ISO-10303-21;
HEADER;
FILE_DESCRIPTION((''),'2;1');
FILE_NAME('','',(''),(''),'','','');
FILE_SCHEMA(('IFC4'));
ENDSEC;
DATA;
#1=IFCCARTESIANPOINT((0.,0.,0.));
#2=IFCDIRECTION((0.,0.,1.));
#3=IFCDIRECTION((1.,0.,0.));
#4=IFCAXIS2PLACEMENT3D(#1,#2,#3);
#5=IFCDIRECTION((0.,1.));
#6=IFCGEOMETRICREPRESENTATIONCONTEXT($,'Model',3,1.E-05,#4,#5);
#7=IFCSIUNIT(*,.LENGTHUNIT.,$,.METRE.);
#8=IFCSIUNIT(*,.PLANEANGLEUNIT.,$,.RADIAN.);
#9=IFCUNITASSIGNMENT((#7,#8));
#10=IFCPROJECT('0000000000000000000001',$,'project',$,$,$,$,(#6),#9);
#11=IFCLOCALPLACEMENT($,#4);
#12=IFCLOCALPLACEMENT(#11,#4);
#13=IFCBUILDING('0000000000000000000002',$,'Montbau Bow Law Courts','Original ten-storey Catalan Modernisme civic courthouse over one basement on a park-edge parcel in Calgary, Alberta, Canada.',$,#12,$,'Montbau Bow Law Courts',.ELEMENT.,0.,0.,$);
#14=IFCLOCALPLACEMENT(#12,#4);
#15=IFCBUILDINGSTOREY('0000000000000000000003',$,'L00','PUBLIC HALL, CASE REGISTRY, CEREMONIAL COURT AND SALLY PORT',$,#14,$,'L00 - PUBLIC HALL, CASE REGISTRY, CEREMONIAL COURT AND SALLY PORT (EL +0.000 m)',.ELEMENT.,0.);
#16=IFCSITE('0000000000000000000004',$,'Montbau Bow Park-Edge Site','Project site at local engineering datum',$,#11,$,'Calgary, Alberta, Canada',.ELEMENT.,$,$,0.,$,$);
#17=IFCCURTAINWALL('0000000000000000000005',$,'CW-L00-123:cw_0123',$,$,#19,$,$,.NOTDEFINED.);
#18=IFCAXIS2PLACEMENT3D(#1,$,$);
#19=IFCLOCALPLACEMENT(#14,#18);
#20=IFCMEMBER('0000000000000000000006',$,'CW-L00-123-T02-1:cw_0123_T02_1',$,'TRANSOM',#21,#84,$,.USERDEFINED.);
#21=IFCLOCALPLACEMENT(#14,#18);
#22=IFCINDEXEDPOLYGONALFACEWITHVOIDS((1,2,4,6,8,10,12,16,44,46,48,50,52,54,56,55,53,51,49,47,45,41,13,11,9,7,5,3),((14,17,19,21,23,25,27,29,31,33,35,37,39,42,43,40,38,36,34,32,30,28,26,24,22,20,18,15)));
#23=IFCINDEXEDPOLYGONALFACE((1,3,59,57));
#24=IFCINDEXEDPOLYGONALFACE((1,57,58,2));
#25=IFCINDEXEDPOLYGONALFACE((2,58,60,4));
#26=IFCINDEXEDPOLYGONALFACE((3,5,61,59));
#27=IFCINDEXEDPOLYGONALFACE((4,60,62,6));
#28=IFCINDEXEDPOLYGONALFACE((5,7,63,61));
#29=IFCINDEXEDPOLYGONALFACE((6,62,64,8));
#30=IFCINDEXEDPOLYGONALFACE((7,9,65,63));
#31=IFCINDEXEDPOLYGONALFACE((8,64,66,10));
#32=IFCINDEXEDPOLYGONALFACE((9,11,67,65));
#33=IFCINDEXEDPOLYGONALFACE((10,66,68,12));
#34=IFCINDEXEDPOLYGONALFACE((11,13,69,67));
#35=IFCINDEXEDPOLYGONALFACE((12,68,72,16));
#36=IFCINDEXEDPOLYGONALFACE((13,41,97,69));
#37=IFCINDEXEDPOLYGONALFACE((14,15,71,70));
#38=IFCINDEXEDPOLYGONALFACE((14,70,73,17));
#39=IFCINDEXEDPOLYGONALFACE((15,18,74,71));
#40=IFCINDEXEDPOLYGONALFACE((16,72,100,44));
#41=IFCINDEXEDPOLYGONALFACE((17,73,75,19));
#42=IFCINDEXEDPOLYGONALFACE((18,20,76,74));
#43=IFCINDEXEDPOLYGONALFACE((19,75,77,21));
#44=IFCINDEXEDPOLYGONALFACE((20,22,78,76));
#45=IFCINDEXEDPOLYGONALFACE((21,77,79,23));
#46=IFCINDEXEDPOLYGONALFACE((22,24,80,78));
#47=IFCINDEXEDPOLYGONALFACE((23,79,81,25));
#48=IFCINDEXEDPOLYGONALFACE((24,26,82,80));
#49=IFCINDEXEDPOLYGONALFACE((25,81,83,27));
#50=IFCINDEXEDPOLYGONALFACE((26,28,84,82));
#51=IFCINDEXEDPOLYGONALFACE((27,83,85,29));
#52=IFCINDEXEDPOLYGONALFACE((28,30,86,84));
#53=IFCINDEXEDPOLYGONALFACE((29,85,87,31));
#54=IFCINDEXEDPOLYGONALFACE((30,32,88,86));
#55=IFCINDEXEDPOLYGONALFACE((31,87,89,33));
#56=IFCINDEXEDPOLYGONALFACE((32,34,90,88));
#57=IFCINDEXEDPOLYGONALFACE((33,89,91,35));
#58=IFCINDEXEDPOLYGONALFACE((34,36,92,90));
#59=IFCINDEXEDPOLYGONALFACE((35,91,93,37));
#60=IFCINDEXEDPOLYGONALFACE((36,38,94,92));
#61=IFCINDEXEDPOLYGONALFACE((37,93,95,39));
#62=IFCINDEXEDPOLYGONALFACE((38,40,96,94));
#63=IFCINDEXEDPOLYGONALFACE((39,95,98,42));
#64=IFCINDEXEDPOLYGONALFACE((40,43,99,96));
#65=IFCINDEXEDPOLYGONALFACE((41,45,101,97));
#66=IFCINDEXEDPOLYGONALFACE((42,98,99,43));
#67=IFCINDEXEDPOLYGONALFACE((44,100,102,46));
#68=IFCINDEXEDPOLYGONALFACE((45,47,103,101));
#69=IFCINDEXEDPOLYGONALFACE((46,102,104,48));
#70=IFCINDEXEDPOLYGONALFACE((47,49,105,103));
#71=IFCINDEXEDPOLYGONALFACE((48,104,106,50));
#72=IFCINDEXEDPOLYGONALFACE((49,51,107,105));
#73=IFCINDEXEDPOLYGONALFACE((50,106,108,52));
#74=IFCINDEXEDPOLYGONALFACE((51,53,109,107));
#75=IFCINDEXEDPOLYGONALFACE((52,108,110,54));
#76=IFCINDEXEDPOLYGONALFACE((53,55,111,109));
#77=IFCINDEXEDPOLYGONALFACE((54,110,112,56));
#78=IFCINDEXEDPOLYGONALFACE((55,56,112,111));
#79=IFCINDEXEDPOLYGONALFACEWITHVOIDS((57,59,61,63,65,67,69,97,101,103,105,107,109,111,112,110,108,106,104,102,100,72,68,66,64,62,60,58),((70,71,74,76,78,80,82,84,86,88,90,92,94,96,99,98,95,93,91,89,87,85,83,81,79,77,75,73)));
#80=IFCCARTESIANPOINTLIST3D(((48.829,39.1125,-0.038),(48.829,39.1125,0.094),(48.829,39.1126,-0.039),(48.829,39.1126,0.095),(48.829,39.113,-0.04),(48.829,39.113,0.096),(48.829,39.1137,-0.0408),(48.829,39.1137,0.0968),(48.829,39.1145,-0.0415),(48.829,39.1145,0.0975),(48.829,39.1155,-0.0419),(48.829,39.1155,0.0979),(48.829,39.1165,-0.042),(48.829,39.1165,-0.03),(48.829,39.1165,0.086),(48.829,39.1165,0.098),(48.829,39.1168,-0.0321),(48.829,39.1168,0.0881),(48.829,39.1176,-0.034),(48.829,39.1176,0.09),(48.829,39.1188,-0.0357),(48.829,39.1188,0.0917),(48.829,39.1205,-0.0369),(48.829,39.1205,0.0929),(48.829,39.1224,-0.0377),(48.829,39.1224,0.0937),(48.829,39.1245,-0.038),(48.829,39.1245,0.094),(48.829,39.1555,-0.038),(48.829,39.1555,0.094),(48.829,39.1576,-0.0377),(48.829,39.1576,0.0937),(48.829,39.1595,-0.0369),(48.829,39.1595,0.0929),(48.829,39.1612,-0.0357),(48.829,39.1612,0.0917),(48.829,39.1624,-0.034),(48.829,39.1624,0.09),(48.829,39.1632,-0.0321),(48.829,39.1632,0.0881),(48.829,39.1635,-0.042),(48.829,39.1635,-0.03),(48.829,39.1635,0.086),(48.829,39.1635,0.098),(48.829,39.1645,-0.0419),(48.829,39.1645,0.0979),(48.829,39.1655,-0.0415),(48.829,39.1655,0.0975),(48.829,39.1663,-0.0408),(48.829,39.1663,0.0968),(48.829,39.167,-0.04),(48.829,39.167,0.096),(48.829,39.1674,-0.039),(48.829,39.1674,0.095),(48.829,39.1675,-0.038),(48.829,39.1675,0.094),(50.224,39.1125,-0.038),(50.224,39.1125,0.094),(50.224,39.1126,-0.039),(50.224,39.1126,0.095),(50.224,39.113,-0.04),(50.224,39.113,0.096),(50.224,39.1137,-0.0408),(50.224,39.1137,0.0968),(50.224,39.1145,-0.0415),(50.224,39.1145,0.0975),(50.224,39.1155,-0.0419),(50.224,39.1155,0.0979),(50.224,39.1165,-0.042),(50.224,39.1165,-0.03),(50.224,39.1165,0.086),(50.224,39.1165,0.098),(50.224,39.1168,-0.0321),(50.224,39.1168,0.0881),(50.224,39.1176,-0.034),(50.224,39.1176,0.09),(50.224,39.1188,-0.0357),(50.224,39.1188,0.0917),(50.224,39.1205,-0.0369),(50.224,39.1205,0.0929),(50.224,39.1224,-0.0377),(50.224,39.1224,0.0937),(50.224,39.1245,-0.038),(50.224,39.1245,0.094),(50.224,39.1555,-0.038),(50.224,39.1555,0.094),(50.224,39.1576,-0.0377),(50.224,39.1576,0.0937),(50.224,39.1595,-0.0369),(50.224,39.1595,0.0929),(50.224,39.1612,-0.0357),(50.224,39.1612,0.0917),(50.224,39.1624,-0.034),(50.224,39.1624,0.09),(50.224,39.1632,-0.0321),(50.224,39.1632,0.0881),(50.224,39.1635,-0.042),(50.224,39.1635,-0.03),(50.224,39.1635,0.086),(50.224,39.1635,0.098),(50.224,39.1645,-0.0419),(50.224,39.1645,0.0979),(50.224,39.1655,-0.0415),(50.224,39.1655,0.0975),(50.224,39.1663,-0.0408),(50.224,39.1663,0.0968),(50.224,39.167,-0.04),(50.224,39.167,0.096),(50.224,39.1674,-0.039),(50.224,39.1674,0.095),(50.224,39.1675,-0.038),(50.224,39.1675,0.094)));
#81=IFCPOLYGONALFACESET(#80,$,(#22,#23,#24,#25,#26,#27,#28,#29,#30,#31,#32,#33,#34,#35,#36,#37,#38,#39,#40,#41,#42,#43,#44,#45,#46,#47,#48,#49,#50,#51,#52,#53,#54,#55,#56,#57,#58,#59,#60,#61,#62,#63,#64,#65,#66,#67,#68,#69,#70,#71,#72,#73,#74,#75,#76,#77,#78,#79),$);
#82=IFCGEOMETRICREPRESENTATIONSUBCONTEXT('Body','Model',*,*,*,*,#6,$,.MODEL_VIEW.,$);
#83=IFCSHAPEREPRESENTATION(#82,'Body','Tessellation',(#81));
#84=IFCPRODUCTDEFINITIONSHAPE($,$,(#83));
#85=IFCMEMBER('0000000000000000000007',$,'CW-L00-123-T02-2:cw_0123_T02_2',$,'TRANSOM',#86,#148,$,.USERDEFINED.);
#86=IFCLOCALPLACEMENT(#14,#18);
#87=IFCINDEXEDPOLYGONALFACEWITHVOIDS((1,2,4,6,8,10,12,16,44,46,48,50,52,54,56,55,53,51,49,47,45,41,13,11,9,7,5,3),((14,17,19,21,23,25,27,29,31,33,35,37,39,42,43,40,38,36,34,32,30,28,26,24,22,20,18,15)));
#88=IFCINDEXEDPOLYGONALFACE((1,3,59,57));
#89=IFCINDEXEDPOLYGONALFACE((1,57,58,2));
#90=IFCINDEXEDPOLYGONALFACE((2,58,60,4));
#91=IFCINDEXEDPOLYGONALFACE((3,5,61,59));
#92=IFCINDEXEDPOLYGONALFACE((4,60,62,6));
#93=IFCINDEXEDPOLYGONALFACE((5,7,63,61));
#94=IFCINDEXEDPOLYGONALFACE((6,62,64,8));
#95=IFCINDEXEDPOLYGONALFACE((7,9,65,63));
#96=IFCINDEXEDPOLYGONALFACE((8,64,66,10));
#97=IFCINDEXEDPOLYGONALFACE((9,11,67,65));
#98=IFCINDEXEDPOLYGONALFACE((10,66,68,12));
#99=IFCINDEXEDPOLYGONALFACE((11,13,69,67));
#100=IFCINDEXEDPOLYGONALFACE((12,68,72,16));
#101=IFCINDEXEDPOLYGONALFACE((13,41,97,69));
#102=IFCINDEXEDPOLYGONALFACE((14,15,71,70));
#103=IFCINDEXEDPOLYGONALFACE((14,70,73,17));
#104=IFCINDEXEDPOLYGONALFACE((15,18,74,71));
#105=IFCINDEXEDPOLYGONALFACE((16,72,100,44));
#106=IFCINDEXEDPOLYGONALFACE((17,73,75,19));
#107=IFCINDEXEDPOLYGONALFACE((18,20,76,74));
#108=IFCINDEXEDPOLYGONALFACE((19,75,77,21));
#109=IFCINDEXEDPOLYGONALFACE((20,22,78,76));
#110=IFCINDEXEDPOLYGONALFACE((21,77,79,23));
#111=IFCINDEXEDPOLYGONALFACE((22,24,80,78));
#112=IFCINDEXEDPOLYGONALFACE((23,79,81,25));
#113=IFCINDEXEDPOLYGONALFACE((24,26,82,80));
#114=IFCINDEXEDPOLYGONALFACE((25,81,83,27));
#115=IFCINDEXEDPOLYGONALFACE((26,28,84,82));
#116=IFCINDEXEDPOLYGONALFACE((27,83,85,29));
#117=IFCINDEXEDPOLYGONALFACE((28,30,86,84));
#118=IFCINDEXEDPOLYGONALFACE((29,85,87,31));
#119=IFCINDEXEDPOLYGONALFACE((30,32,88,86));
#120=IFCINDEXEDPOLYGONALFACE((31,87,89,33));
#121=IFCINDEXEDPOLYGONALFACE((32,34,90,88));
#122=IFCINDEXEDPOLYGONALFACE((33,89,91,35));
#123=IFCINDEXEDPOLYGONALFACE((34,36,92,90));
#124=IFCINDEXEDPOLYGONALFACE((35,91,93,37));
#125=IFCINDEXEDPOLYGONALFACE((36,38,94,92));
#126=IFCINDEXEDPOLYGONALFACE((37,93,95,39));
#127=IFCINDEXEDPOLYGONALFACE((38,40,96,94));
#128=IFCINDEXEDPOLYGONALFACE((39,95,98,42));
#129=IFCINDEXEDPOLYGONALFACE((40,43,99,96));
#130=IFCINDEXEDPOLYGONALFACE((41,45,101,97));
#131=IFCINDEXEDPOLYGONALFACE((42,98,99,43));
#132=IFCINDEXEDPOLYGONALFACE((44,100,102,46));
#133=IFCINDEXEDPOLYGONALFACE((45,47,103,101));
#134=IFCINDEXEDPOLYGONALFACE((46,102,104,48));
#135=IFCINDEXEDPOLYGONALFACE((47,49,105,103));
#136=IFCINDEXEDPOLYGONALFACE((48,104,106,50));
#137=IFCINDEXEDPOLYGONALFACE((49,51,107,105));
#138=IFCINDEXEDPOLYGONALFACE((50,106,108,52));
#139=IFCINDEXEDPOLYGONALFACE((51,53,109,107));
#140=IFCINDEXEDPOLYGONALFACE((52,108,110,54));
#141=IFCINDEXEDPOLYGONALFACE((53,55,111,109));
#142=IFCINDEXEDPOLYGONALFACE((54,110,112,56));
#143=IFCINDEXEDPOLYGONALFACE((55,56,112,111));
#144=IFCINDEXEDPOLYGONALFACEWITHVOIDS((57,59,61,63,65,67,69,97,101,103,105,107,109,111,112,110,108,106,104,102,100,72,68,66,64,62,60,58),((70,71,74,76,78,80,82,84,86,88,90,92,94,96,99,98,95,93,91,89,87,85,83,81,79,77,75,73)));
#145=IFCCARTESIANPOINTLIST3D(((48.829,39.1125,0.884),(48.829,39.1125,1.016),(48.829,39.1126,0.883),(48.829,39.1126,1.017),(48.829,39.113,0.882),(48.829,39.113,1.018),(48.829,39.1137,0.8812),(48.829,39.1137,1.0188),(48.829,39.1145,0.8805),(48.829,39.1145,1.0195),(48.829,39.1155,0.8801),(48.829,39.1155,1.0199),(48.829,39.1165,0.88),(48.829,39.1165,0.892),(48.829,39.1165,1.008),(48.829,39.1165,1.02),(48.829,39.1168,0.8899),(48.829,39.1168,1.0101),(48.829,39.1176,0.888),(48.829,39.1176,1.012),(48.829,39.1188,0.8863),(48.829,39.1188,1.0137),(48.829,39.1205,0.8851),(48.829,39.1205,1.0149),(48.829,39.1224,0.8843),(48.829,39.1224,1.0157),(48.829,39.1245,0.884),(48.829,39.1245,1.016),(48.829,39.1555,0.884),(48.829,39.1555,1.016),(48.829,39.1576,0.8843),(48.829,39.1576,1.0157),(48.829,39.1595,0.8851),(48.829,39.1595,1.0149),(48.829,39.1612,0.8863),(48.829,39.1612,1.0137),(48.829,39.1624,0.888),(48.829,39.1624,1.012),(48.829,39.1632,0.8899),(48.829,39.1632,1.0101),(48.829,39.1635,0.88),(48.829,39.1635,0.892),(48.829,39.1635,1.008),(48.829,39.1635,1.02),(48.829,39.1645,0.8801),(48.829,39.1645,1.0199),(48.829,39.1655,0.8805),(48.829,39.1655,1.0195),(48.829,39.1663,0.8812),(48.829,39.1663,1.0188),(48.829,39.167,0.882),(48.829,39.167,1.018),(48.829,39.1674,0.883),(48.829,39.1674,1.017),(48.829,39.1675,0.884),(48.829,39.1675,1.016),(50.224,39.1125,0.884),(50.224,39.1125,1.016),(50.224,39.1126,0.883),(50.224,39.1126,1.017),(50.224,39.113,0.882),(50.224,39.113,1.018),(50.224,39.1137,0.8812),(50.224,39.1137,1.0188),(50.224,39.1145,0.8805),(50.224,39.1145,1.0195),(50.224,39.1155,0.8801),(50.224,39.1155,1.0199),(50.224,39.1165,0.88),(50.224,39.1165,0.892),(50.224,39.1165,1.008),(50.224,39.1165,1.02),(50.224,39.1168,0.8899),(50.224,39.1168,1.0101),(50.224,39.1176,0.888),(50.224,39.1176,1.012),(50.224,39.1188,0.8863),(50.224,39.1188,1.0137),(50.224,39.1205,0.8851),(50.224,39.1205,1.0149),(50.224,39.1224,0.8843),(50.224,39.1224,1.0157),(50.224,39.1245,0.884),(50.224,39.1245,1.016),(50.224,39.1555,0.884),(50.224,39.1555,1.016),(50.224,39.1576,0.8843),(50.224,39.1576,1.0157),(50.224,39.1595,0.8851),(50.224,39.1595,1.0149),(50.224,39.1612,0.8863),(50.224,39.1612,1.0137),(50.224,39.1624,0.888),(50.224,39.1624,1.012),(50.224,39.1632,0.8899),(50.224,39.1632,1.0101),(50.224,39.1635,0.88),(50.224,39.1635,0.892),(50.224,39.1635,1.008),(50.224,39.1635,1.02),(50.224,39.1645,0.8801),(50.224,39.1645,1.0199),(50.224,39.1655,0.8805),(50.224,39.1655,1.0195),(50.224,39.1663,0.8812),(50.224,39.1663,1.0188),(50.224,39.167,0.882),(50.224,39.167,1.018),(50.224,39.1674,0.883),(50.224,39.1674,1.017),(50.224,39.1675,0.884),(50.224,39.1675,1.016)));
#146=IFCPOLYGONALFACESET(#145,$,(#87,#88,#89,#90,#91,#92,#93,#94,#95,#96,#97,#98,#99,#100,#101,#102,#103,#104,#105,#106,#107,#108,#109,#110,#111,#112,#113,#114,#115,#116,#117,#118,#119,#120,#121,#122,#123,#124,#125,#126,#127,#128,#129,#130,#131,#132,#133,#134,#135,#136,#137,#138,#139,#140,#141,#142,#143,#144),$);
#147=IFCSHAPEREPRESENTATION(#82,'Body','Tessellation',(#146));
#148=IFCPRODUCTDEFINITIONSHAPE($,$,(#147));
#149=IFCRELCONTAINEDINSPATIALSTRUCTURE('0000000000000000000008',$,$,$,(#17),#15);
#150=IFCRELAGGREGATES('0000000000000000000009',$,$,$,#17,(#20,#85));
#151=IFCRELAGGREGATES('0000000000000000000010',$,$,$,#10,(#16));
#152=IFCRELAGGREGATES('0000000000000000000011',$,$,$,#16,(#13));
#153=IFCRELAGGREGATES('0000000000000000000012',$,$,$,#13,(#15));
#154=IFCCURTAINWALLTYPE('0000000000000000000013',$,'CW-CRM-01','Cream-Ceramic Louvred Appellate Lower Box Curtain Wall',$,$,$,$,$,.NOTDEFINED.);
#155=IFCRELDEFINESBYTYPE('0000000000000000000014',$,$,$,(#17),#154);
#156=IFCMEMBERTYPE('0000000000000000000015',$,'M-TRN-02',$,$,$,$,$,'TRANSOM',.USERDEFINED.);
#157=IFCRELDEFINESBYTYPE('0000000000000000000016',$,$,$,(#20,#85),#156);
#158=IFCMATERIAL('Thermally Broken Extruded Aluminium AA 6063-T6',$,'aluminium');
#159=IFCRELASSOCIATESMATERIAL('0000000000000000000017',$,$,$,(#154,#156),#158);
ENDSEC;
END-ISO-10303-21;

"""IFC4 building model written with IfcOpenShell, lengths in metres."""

from ifc_helpers import new_model, si_unit, direction, frame, origin_with_axes, origin_2d_with_axis, place, context, subcontext, project, spatial, hollow_rectangle, extrude, material, material_profile, profile_set, type_object, element, aggregate, save


model = new_model("IFC4")

# Units and contexts
model_context = context("Model", 3, precision=1e-05, world=origin_with_axes(), true_north=direction((0.0, 1.0)))
body_context = subcontext(model_context, "Body", "Model", "MODEL_VIEW")
ifc_project = project(units=[si_unit("LENGTHUNIT", "METRE"), si_unit("PLANEANGLEUNIT", "RADIAN")], contexts=[model_context])

# Site, building, storey
site_placement = place(None, origin_with_axes())
site = spatial("IfcSite", under=ifc_project, at=site_placement, Name="Montbau Bow Park-Edge Site", Description="Project site at local engineering datum", LongName="Calgary, Alberta, Canada", CompositionType="ELEMENT", RefElevation=0.0)
building_placement = place(site_placement, origin_with_axes())
building = spatial("IfcBuilding", under=site, at=building_placement, Name="Montbau Bow Law Courts", Description="Original ten-storey Catalan Modernisme civic courthouse over one basement on a park-edge parcel in Calgary, Alberta, Canada.", LongName="Montbau Bow Law Courts", CompositionType="ELEMENT", ElevationOfRefHeight=0.0, ElevationOfTerrain=0.0)
storey_placement = place(building_placement, origin_with_axes())
storey = spatial("IfcBuildingStorey", under=building, at=storey_placement, Name="L00", Description="PUBLIC HALL, CASE REGISTRY, CEREMONIAL COURT AND SALLY PORT", LongName="L00 - PUBLIC HALL, CASE REGISTRY, CEREMONIAL COURT AND SALLY PORT (EL +0.000 m)", CompositionType="ELEMENT", Elevation=0.0)

# Curtain wall, members
ifc_material_1 = material(Name="Thermally Broken Extruded Aluminium AA 6063-T6", Category="aluminium")
curtain_wall_type = type_object("IfcCurtainWallType", Name="CW-CRM-01", Description="Cream-Ceramic Louvred Appellate Lower Box Curtain Wall", PredefinedType="NOTDEFINED", material=ifc_material_1)
curtain_wall_placement = place(None, frame((47.315, 39.14, 0.0), z_axis=(0.0, 0.0, 1.0), x_axis=(1.0, 0.0, 0.0)))
curtain_wall = element("IfcCurtainWall", 1, at=curtain_wall_placement, inside=storey, type_object=curtain_wall_type, Name="CW-L00-123:cw_0123", PredefinedType="NOTDEFINED")
ifc_material_profile_1 = material_profile(ifc_material_1, hollow_rectangle(XDim=0.055, YDim=0.14, WallThickness=0.004, InnerFilletRadius=0.008, OuterFilletRadius=0.004, at=origin_2d_with_axis()), Name="CWT-140X55", Category="Main", Priority=0)
ifc_profile_set_1 = profile_set([ifc_material_profile_1], Name="Thermally Broken Extruded Aluminium AA 6063-T6")
member_type_1 = type_object("IfcMemberType", Name="M-TRN-02", ElementType="TRANSOM", PredefinedType="USERDEFINED", material=ifc_profile_set_1)
member_1_placement = place(None, frame((48.829, 39.14, 0.028), z_axis=(1.0, 0.0, 0.0), x_axis=(0.0, 1.0, 0.0)))
member_1 = element("IfcMember", 2, at=member_1_placement, type_object=member_type_1, Name="CW-L00-123-T02-1:cw_0123_T02_1", ObjectType="TRANSOM", PredefinedType="USERDEFINED", context=body_context, shape_type="SweptSolid", body=[
    extrude(hollow_rectangle(XDim=0.055, YDim=0.14, WallThickness=0.004, InnerFilletRadius=0.008, OuterFilletRadius=0.004, at=origin_2d_with_axis()), origin_with_axes(), (0.0, 0.0, 1.0), 1.395),
])
member_2_placement = place(None, frame((48.829, 39.14, 0.95), z_axis=(1.0, 0.0, 0.0), x_axis=(0.0, 1.0, 0.0)))
member_2 = element("IfcMember", 3, at=member_2_placement, type_object=member_type_1, Name="CW-L00-123-T02-2:cw_0123_T02_2", ObjectType="TRANSOM", PredefinedType="USERDEFINED", context=body_context, shape_type="SweptSolid", body=[
    extrude(hollow_rectangle(XDim=0.055, YDim=0.14, WallThickness=0.004, InnerFilletRadius=0.008, OuterFilletRadius=0.004, at=origin_2d_with_axis()), origin_with_axes(), (0.0, 0.0, 1.0), 1.395),
])
aggregate(curtain_wall, [member_1, member_2])

save(model, "model.ifc")
